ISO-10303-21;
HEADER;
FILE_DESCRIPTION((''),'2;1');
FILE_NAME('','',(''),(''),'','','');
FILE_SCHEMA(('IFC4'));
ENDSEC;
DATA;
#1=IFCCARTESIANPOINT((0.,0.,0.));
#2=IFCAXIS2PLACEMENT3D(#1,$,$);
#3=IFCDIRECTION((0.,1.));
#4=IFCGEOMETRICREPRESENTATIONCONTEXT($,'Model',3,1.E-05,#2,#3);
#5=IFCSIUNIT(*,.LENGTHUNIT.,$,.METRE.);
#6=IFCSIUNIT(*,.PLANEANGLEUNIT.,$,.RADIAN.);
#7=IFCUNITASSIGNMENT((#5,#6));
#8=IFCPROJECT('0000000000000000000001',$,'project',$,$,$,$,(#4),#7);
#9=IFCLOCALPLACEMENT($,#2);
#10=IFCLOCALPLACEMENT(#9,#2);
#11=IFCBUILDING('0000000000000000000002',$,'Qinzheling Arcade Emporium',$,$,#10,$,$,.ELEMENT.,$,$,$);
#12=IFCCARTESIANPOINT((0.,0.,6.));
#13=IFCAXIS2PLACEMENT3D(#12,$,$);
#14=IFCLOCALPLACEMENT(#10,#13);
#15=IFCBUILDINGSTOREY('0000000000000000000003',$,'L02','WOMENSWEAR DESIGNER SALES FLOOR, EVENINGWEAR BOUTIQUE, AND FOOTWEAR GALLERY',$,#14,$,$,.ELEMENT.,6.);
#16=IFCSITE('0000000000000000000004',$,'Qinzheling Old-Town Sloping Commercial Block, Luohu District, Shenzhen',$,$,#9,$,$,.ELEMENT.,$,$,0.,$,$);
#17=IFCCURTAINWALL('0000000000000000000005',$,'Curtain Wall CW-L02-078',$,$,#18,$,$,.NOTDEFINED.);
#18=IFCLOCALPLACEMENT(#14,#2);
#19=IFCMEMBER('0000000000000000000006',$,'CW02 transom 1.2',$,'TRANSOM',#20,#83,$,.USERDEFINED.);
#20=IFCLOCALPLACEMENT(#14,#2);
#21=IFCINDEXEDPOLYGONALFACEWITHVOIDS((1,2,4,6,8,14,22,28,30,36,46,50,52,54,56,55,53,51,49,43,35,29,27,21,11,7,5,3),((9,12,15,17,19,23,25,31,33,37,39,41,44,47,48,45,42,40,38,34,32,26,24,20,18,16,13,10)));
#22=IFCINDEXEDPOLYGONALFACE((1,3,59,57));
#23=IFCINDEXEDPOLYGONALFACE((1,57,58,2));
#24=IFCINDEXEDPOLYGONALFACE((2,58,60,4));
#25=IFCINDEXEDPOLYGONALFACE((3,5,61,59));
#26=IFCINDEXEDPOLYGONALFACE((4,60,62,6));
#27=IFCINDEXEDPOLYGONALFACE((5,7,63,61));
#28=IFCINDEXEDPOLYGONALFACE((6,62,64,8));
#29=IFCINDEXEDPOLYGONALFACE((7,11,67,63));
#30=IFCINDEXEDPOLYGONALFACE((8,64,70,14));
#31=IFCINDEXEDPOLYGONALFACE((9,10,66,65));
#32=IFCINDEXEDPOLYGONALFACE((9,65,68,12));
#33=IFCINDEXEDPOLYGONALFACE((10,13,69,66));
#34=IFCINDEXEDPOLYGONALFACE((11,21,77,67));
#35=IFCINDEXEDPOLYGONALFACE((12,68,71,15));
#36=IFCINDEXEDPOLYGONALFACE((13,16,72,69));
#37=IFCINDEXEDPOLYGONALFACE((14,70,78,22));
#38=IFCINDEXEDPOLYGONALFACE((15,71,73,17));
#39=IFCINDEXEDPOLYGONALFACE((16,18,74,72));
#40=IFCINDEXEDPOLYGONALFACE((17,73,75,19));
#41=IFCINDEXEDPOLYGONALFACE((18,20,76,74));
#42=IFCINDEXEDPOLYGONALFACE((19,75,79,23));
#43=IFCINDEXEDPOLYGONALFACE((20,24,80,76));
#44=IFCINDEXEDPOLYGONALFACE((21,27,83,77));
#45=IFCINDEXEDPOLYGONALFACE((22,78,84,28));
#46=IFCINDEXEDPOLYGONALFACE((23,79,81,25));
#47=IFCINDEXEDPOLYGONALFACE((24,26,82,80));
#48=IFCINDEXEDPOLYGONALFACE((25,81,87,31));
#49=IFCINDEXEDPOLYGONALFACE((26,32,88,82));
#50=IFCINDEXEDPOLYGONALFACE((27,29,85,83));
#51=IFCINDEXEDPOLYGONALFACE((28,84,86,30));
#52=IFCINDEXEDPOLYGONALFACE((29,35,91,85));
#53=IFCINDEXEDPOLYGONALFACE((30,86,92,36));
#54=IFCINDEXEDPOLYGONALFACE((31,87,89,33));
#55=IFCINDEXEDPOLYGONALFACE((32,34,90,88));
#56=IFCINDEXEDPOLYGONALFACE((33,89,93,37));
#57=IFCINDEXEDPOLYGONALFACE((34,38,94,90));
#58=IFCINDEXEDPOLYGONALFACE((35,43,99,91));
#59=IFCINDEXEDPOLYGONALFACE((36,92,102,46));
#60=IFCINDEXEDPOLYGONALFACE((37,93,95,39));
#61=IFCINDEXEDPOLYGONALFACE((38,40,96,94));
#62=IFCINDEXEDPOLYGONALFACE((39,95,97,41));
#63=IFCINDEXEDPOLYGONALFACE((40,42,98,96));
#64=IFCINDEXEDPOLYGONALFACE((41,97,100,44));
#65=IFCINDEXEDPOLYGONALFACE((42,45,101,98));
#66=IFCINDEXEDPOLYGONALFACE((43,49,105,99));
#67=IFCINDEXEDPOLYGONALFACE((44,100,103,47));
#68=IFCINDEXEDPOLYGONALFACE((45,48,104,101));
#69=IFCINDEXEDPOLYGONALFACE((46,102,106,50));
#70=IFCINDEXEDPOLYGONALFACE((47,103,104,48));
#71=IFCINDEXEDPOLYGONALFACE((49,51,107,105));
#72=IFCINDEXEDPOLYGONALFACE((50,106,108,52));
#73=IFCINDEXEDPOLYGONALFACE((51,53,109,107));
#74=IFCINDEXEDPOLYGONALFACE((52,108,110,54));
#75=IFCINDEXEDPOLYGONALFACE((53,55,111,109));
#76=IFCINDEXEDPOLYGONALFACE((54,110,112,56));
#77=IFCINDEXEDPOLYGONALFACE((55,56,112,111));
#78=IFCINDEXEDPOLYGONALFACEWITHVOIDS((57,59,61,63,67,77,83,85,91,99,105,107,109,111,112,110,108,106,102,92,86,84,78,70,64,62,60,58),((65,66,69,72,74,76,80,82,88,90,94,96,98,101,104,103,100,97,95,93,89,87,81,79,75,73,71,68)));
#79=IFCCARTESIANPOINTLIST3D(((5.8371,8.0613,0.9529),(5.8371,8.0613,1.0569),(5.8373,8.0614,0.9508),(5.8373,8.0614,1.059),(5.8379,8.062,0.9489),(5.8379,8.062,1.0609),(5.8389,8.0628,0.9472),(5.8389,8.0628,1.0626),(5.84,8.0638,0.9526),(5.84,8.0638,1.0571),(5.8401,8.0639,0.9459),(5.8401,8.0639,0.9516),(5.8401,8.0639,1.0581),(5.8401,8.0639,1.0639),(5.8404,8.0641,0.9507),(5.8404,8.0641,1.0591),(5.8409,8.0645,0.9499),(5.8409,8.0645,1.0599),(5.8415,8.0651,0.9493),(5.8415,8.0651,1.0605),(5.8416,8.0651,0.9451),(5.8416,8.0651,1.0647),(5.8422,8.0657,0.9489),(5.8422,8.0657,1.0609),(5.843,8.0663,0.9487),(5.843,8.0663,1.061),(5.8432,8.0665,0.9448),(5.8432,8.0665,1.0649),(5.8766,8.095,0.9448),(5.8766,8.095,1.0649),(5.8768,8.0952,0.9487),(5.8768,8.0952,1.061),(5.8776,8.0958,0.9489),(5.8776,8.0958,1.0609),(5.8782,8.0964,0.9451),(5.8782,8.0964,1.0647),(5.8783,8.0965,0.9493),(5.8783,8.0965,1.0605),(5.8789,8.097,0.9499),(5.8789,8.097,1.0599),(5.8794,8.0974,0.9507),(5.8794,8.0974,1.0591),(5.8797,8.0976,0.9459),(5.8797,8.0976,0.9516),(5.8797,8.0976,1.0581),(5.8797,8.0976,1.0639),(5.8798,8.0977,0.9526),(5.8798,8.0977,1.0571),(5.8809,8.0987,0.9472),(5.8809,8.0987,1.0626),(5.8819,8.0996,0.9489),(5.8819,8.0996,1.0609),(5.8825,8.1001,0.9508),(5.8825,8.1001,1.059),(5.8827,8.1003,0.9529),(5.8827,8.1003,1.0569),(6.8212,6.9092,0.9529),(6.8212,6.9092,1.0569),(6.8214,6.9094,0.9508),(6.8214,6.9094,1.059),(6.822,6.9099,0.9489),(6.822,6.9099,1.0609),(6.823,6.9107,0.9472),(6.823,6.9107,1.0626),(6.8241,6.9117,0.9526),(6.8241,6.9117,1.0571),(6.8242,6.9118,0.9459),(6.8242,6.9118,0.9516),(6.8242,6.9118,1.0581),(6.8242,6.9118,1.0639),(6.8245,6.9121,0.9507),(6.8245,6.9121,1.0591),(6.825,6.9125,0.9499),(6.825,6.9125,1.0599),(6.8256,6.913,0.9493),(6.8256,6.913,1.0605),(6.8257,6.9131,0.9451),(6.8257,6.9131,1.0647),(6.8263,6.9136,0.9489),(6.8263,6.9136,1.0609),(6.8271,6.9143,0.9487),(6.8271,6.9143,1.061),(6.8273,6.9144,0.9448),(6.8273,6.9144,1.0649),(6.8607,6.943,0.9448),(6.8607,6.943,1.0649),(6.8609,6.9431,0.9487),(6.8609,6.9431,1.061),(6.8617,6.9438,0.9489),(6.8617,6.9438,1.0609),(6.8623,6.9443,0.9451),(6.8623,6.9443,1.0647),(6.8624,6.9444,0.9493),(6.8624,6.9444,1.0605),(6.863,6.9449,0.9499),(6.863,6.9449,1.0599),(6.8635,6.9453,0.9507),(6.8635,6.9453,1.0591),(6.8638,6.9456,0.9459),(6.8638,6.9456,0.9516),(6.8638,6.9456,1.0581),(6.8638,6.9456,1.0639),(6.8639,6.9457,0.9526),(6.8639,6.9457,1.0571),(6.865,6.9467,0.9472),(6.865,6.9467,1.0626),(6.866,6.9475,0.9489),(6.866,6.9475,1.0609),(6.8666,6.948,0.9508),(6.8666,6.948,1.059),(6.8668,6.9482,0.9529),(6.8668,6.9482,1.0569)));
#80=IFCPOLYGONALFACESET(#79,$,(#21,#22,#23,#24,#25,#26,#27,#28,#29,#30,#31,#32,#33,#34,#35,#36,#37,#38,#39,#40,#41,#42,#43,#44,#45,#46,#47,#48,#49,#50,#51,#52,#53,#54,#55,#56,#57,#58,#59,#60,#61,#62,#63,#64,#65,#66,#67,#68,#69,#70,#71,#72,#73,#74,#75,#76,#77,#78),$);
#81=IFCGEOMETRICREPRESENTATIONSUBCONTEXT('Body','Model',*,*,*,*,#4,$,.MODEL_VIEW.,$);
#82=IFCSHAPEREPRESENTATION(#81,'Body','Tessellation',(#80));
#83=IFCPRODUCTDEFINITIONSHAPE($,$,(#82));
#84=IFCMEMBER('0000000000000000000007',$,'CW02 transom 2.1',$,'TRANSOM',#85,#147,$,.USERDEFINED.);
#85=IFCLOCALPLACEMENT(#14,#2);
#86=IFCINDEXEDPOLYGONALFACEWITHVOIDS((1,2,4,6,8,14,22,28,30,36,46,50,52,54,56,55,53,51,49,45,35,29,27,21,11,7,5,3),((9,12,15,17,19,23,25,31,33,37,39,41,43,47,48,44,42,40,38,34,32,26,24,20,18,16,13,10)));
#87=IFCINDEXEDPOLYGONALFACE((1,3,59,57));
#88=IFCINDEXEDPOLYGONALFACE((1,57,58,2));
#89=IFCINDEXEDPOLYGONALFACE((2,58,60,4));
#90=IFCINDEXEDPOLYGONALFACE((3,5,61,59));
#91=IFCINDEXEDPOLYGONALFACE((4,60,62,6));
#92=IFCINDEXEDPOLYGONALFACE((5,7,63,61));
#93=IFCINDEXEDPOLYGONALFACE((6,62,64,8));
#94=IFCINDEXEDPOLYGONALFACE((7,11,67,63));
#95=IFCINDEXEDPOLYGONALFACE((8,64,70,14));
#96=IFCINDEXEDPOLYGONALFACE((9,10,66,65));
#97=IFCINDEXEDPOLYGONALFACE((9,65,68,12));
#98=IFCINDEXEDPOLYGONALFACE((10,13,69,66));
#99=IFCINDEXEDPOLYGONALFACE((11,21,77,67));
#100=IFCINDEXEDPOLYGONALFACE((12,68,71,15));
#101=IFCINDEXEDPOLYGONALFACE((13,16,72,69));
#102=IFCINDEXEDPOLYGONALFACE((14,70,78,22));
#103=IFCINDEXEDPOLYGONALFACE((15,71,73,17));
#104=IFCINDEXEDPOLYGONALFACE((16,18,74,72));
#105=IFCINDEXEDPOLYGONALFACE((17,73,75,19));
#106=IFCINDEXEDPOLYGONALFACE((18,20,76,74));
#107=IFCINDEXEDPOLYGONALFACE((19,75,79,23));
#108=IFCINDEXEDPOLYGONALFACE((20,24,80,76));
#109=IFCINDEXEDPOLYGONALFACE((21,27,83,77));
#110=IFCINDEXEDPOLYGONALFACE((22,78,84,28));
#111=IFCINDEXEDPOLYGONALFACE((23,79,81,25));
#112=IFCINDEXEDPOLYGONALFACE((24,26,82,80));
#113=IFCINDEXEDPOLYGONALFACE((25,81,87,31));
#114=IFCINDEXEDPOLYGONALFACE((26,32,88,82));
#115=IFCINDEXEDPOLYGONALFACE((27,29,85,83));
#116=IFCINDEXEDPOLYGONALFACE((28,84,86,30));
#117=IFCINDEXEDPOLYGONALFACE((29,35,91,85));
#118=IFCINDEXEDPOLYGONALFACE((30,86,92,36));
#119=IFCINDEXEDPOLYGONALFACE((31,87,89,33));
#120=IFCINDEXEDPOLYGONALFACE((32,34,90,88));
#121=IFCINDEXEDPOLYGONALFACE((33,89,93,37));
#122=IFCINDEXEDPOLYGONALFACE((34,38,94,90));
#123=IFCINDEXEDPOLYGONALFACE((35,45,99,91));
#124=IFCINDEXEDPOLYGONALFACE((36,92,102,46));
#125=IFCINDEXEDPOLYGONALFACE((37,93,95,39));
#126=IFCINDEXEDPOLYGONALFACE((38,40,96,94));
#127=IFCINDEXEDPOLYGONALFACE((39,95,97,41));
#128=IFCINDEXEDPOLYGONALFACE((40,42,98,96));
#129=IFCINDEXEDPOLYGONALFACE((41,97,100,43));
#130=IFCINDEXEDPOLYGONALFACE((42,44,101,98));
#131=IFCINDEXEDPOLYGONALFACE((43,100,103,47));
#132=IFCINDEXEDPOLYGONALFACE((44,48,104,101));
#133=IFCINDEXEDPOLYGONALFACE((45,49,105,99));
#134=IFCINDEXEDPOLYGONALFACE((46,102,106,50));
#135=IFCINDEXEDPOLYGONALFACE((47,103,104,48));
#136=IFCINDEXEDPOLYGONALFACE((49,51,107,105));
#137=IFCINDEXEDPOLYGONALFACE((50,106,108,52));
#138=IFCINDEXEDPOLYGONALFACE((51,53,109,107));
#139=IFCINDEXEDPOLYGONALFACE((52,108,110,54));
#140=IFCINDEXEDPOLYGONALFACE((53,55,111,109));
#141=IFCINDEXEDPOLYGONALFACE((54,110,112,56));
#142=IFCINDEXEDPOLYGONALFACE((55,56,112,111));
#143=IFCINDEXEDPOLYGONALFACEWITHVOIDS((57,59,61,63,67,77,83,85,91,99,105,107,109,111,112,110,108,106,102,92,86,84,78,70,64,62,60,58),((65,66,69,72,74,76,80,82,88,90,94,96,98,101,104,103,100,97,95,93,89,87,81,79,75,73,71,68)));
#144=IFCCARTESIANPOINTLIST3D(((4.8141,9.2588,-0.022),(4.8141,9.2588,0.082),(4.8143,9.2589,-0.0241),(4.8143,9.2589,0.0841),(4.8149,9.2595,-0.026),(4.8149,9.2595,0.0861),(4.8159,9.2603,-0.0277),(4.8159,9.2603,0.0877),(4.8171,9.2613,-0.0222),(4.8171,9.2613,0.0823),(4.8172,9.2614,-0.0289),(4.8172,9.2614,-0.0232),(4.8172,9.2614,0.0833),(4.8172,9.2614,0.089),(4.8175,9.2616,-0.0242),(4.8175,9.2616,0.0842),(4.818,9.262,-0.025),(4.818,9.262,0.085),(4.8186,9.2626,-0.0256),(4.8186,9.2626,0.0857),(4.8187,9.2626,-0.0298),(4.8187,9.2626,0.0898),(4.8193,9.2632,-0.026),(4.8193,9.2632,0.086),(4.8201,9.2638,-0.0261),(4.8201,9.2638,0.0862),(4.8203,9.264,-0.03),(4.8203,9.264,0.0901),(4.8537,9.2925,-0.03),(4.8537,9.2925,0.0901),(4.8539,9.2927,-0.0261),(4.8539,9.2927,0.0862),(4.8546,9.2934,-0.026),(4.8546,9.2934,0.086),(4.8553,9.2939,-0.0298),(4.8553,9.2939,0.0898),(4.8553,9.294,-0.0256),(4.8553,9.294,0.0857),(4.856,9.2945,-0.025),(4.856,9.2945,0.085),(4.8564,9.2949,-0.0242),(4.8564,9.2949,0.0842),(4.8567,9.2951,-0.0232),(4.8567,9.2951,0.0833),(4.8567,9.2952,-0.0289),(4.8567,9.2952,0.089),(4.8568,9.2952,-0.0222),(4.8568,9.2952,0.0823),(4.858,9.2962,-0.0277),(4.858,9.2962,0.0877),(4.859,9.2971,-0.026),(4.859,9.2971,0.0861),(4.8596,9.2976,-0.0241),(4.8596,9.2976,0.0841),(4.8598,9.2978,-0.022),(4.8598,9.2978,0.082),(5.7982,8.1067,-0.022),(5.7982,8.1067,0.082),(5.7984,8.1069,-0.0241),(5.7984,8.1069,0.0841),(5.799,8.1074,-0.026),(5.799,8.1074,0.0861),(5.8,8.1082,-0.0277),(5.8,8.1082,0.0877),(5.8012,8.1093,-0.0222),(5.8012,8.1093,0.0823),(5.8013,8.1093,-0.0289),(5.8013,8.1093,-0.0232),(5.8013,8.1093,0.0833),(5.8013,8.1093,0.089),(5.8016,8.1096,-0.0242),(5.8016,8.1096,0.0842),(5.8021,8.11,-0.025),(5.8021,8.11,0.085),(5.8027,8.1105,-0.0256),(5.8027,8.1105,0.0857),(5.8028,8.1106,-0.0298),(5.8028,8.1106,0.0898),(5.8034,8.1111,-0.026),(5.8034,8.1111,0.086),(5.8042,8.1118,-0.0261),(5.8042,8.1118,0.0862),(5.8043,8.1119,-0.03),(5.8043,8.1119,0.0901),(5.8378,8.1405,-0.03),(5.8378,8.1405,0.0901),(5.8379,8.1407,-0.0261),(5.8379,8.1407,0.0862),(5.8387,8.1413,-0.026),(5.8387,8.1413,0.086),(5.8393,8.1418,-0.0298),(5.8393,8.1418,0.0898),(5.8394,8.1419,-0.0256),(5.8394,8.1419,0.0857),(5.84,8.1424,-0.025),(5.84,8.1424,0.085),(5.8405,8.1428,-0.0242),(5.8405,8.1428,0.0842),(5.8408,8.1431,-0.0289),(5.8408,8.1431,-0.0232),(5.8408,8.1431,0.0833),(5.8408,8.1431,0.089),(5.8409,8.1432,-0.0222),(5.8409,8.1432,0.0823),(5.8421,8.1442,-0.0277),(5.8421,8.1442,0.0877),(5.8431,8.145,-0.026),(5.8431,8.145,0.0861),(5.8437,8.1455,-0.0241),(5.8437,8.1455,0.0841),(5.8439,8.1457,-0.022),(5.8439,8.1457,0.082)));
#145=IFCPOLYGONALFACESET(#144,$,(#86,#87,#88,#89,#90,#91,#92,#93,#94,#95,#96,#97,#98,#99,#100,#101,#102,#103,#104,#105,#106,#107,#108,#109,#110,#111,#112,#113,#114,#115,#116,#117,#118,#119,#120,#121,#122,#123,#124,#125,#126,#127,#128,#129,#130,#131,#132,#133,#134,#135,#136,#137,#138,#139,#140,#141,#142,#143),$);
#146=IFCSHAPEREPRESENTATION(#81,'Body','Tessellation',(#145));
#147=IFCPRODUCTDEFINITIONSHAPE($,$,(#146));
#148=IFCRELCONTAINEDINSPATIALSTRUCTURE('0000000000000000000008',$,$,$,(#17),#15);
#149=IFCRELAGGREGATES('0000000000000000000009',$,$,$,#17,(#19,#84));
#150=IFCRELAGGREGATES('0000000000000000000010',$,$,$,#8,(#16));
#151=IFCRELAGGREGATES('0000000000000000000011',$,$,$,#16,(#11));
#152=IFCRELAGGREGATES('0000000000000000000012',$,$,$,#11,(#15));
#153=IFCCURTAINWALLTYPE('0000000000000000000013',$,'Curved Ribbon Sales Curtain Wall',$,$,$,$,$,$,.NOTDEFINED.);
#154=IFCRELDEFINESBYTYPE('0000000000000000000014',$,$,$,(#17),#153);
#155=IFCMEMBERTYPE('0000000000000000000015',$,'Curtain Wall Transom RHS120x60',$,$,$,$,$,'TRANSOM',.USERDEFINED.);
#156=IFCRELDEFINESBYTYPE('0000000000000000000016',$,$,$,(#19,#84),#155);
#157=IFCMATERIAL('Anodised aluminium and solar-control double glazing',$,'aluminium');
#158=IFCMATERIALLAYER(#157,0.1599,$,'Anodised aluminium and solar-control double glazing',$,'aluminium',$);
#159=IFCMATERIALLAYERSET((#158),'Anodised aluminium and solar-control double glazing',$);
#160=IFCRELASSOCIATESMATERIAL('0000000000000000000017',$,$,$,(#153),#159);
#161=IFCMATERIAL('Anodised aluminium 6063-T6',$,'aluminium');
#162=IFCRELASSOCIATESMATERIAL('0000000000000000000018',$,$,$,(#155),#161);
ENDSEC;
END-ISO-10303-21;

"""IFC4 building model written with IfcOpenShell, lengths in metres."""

from ifc_helpers import new_model, si_unit, direction, frame, origin, origin_2d, place, context, subcontext, project, spatial, hollow_rectangle, extrude, material, layer, layer_set, material_profile, profile_set, type_object, element, aggregate, save


model = new_model("IFC4")

# Units and contexts
model_context = context("Model", 3, precision=1e-05, world=origin(), true_north=direction((0.0, 1.0)))
body_context = subcontext(model_context, "Body", "Model", "MODEL_VIEW")
ifc_project = project(units=[si_unit("LENGTHUNIT", "METRE"), si_unit("PLANEANGLEUNIT", "RADIAN")], contexts=[model_context])

# Site, building, storey
site_placement = place(None, origin())
site = spatial("IfcSite", under=ifc_project, at=site_placement, Name="Qinzheling Old-Town Sloping Commercial Block, Luohu District, Shenzhen", CompositionType="ELEMENT", RefElevation=0.0)
building_placement = place(site_placement, origin())
building = spatial("IfcBuilding", under=site, at=building_placement, Name="Qinzheling Arcade Emporium", CompositionType="ELEMENT")
storey_placement = place(building_placement, frame((0.0, 0.0, 6.0)))
storey = spatial("IfcBuildingStorey", under=building, at=storey_placement, Name="L02", Description="WOMENSWEAR DESIGNER SALES FLOOR, EVENINGWEAR BOUTIQUE, AND FOOTWEAR GALLERY", CompositionType="ELEMENT", Elevation=6.0)

# Curtain wall
ifc_material_1 = material(Name="Anodised aluminium and solar-control double glazing", Category="aluminium")
ifc_layer_1 = layer(ifc_material_1, 0.1599, Name="Anodised aluminium and solar-control double glazing", Category="aluminium")
ifc_layer_set_1 = layer_set([ifc_layer_1], Name="Anodised aluminium and solar-control double glazing")
curtain_wall_type = type_object("IfcCurtainWallType", Name="Curved Ribbon Sales Curtain Wall", PredefinedType="NOTDEFINED", material=ifc_layer_set_1)
curtain_wall_1_placement = place(storey_placement, origin())
curtain_wall_1 = element("IfcCurtainWall", 1, at=curtain_wall_1_placement, inside=storey, type_object=curtain_wall_type, Name="Curtain Wall CW-L02-078", PredefinedType="NOTDEFINED")
ifc_material_2 = material(Name="Anodised aluminium 6063-T6", Category="aluminium")

# Members
ifc_material_profile_1 = material_profile(ifc_material_2, hollow_rectangle(XDim=0.0601, YDim=0.1201, WallThickness=0.0039, InnerFilletRadius=0.0039, OuterFilletRadius=0.0081, at=origin_2d()), Name="RHS 120x60x4", Category="aluminium")
ifc_profile_set_1 = profile_set([ifc_material_profile_1], Name="Anodised aluminium 6063-T6")
member_type_1 = type_object("IfcMemberType", Name="Curtain Wall Transom RHS120x60", ElementType="TRANSOM", PredefinedType="USERDEFINED", material=ifc_profile_set_1)
member_1_placement = place(storey_placement, frame((6.844, 6.9287, 1.0049), z_axis=(-0.649503, 0.760359, 0.0), x_axis=(-0.760359, -0.649503, 0.0)))
member_1 = element("IfcMember", 2, at=member_1_placement, type_object=member_type_1, Name="CW02 transom 1.2", ObjectType="TRANSOM", PredefinedType="USERDEFINED", context=body_context, shape_type="SweptSolid", body=[
    extrude(hollow_rectangle(XDim=0.0601, YDim=0.1201, WallThickness=0.0039, InnerFilletRadius=0.0039, OuterFilletRadius=0.0081, at=origin_2d()), origin(), (0.0, 0.0, 1.0), 1.5151),
])
member_2_placement = place(storey_placement, frame((5.821, 8.1262, 0.03), z_axis=(-0.649503, 0.760359, 0.0), x_axis=(-0.760359, -0.649503, 0.0)))
member_2 = element("IfcMember", 3, at=member_2_placement, type_object=member_type_1, Name="CW02 transom 2.1", ObjectType="TRANSOM", PredefinedType="USERDEFINED", context=body_context, shape_type="SweptSolid", body=[
    extrude(hollow_rectangle(XDim=0.0601, YDim=0.1201, WallThickness=0.0039, InnerFilletRadius=0.0039, OuterFilletRadius=0.0081, at=origin_2d()), origin(), (0.0, 0.0, 1.0), 1.5151),
])

aggregate(curtain_wall_1, [member_1, member_2])

save(model, "model.ifc")
